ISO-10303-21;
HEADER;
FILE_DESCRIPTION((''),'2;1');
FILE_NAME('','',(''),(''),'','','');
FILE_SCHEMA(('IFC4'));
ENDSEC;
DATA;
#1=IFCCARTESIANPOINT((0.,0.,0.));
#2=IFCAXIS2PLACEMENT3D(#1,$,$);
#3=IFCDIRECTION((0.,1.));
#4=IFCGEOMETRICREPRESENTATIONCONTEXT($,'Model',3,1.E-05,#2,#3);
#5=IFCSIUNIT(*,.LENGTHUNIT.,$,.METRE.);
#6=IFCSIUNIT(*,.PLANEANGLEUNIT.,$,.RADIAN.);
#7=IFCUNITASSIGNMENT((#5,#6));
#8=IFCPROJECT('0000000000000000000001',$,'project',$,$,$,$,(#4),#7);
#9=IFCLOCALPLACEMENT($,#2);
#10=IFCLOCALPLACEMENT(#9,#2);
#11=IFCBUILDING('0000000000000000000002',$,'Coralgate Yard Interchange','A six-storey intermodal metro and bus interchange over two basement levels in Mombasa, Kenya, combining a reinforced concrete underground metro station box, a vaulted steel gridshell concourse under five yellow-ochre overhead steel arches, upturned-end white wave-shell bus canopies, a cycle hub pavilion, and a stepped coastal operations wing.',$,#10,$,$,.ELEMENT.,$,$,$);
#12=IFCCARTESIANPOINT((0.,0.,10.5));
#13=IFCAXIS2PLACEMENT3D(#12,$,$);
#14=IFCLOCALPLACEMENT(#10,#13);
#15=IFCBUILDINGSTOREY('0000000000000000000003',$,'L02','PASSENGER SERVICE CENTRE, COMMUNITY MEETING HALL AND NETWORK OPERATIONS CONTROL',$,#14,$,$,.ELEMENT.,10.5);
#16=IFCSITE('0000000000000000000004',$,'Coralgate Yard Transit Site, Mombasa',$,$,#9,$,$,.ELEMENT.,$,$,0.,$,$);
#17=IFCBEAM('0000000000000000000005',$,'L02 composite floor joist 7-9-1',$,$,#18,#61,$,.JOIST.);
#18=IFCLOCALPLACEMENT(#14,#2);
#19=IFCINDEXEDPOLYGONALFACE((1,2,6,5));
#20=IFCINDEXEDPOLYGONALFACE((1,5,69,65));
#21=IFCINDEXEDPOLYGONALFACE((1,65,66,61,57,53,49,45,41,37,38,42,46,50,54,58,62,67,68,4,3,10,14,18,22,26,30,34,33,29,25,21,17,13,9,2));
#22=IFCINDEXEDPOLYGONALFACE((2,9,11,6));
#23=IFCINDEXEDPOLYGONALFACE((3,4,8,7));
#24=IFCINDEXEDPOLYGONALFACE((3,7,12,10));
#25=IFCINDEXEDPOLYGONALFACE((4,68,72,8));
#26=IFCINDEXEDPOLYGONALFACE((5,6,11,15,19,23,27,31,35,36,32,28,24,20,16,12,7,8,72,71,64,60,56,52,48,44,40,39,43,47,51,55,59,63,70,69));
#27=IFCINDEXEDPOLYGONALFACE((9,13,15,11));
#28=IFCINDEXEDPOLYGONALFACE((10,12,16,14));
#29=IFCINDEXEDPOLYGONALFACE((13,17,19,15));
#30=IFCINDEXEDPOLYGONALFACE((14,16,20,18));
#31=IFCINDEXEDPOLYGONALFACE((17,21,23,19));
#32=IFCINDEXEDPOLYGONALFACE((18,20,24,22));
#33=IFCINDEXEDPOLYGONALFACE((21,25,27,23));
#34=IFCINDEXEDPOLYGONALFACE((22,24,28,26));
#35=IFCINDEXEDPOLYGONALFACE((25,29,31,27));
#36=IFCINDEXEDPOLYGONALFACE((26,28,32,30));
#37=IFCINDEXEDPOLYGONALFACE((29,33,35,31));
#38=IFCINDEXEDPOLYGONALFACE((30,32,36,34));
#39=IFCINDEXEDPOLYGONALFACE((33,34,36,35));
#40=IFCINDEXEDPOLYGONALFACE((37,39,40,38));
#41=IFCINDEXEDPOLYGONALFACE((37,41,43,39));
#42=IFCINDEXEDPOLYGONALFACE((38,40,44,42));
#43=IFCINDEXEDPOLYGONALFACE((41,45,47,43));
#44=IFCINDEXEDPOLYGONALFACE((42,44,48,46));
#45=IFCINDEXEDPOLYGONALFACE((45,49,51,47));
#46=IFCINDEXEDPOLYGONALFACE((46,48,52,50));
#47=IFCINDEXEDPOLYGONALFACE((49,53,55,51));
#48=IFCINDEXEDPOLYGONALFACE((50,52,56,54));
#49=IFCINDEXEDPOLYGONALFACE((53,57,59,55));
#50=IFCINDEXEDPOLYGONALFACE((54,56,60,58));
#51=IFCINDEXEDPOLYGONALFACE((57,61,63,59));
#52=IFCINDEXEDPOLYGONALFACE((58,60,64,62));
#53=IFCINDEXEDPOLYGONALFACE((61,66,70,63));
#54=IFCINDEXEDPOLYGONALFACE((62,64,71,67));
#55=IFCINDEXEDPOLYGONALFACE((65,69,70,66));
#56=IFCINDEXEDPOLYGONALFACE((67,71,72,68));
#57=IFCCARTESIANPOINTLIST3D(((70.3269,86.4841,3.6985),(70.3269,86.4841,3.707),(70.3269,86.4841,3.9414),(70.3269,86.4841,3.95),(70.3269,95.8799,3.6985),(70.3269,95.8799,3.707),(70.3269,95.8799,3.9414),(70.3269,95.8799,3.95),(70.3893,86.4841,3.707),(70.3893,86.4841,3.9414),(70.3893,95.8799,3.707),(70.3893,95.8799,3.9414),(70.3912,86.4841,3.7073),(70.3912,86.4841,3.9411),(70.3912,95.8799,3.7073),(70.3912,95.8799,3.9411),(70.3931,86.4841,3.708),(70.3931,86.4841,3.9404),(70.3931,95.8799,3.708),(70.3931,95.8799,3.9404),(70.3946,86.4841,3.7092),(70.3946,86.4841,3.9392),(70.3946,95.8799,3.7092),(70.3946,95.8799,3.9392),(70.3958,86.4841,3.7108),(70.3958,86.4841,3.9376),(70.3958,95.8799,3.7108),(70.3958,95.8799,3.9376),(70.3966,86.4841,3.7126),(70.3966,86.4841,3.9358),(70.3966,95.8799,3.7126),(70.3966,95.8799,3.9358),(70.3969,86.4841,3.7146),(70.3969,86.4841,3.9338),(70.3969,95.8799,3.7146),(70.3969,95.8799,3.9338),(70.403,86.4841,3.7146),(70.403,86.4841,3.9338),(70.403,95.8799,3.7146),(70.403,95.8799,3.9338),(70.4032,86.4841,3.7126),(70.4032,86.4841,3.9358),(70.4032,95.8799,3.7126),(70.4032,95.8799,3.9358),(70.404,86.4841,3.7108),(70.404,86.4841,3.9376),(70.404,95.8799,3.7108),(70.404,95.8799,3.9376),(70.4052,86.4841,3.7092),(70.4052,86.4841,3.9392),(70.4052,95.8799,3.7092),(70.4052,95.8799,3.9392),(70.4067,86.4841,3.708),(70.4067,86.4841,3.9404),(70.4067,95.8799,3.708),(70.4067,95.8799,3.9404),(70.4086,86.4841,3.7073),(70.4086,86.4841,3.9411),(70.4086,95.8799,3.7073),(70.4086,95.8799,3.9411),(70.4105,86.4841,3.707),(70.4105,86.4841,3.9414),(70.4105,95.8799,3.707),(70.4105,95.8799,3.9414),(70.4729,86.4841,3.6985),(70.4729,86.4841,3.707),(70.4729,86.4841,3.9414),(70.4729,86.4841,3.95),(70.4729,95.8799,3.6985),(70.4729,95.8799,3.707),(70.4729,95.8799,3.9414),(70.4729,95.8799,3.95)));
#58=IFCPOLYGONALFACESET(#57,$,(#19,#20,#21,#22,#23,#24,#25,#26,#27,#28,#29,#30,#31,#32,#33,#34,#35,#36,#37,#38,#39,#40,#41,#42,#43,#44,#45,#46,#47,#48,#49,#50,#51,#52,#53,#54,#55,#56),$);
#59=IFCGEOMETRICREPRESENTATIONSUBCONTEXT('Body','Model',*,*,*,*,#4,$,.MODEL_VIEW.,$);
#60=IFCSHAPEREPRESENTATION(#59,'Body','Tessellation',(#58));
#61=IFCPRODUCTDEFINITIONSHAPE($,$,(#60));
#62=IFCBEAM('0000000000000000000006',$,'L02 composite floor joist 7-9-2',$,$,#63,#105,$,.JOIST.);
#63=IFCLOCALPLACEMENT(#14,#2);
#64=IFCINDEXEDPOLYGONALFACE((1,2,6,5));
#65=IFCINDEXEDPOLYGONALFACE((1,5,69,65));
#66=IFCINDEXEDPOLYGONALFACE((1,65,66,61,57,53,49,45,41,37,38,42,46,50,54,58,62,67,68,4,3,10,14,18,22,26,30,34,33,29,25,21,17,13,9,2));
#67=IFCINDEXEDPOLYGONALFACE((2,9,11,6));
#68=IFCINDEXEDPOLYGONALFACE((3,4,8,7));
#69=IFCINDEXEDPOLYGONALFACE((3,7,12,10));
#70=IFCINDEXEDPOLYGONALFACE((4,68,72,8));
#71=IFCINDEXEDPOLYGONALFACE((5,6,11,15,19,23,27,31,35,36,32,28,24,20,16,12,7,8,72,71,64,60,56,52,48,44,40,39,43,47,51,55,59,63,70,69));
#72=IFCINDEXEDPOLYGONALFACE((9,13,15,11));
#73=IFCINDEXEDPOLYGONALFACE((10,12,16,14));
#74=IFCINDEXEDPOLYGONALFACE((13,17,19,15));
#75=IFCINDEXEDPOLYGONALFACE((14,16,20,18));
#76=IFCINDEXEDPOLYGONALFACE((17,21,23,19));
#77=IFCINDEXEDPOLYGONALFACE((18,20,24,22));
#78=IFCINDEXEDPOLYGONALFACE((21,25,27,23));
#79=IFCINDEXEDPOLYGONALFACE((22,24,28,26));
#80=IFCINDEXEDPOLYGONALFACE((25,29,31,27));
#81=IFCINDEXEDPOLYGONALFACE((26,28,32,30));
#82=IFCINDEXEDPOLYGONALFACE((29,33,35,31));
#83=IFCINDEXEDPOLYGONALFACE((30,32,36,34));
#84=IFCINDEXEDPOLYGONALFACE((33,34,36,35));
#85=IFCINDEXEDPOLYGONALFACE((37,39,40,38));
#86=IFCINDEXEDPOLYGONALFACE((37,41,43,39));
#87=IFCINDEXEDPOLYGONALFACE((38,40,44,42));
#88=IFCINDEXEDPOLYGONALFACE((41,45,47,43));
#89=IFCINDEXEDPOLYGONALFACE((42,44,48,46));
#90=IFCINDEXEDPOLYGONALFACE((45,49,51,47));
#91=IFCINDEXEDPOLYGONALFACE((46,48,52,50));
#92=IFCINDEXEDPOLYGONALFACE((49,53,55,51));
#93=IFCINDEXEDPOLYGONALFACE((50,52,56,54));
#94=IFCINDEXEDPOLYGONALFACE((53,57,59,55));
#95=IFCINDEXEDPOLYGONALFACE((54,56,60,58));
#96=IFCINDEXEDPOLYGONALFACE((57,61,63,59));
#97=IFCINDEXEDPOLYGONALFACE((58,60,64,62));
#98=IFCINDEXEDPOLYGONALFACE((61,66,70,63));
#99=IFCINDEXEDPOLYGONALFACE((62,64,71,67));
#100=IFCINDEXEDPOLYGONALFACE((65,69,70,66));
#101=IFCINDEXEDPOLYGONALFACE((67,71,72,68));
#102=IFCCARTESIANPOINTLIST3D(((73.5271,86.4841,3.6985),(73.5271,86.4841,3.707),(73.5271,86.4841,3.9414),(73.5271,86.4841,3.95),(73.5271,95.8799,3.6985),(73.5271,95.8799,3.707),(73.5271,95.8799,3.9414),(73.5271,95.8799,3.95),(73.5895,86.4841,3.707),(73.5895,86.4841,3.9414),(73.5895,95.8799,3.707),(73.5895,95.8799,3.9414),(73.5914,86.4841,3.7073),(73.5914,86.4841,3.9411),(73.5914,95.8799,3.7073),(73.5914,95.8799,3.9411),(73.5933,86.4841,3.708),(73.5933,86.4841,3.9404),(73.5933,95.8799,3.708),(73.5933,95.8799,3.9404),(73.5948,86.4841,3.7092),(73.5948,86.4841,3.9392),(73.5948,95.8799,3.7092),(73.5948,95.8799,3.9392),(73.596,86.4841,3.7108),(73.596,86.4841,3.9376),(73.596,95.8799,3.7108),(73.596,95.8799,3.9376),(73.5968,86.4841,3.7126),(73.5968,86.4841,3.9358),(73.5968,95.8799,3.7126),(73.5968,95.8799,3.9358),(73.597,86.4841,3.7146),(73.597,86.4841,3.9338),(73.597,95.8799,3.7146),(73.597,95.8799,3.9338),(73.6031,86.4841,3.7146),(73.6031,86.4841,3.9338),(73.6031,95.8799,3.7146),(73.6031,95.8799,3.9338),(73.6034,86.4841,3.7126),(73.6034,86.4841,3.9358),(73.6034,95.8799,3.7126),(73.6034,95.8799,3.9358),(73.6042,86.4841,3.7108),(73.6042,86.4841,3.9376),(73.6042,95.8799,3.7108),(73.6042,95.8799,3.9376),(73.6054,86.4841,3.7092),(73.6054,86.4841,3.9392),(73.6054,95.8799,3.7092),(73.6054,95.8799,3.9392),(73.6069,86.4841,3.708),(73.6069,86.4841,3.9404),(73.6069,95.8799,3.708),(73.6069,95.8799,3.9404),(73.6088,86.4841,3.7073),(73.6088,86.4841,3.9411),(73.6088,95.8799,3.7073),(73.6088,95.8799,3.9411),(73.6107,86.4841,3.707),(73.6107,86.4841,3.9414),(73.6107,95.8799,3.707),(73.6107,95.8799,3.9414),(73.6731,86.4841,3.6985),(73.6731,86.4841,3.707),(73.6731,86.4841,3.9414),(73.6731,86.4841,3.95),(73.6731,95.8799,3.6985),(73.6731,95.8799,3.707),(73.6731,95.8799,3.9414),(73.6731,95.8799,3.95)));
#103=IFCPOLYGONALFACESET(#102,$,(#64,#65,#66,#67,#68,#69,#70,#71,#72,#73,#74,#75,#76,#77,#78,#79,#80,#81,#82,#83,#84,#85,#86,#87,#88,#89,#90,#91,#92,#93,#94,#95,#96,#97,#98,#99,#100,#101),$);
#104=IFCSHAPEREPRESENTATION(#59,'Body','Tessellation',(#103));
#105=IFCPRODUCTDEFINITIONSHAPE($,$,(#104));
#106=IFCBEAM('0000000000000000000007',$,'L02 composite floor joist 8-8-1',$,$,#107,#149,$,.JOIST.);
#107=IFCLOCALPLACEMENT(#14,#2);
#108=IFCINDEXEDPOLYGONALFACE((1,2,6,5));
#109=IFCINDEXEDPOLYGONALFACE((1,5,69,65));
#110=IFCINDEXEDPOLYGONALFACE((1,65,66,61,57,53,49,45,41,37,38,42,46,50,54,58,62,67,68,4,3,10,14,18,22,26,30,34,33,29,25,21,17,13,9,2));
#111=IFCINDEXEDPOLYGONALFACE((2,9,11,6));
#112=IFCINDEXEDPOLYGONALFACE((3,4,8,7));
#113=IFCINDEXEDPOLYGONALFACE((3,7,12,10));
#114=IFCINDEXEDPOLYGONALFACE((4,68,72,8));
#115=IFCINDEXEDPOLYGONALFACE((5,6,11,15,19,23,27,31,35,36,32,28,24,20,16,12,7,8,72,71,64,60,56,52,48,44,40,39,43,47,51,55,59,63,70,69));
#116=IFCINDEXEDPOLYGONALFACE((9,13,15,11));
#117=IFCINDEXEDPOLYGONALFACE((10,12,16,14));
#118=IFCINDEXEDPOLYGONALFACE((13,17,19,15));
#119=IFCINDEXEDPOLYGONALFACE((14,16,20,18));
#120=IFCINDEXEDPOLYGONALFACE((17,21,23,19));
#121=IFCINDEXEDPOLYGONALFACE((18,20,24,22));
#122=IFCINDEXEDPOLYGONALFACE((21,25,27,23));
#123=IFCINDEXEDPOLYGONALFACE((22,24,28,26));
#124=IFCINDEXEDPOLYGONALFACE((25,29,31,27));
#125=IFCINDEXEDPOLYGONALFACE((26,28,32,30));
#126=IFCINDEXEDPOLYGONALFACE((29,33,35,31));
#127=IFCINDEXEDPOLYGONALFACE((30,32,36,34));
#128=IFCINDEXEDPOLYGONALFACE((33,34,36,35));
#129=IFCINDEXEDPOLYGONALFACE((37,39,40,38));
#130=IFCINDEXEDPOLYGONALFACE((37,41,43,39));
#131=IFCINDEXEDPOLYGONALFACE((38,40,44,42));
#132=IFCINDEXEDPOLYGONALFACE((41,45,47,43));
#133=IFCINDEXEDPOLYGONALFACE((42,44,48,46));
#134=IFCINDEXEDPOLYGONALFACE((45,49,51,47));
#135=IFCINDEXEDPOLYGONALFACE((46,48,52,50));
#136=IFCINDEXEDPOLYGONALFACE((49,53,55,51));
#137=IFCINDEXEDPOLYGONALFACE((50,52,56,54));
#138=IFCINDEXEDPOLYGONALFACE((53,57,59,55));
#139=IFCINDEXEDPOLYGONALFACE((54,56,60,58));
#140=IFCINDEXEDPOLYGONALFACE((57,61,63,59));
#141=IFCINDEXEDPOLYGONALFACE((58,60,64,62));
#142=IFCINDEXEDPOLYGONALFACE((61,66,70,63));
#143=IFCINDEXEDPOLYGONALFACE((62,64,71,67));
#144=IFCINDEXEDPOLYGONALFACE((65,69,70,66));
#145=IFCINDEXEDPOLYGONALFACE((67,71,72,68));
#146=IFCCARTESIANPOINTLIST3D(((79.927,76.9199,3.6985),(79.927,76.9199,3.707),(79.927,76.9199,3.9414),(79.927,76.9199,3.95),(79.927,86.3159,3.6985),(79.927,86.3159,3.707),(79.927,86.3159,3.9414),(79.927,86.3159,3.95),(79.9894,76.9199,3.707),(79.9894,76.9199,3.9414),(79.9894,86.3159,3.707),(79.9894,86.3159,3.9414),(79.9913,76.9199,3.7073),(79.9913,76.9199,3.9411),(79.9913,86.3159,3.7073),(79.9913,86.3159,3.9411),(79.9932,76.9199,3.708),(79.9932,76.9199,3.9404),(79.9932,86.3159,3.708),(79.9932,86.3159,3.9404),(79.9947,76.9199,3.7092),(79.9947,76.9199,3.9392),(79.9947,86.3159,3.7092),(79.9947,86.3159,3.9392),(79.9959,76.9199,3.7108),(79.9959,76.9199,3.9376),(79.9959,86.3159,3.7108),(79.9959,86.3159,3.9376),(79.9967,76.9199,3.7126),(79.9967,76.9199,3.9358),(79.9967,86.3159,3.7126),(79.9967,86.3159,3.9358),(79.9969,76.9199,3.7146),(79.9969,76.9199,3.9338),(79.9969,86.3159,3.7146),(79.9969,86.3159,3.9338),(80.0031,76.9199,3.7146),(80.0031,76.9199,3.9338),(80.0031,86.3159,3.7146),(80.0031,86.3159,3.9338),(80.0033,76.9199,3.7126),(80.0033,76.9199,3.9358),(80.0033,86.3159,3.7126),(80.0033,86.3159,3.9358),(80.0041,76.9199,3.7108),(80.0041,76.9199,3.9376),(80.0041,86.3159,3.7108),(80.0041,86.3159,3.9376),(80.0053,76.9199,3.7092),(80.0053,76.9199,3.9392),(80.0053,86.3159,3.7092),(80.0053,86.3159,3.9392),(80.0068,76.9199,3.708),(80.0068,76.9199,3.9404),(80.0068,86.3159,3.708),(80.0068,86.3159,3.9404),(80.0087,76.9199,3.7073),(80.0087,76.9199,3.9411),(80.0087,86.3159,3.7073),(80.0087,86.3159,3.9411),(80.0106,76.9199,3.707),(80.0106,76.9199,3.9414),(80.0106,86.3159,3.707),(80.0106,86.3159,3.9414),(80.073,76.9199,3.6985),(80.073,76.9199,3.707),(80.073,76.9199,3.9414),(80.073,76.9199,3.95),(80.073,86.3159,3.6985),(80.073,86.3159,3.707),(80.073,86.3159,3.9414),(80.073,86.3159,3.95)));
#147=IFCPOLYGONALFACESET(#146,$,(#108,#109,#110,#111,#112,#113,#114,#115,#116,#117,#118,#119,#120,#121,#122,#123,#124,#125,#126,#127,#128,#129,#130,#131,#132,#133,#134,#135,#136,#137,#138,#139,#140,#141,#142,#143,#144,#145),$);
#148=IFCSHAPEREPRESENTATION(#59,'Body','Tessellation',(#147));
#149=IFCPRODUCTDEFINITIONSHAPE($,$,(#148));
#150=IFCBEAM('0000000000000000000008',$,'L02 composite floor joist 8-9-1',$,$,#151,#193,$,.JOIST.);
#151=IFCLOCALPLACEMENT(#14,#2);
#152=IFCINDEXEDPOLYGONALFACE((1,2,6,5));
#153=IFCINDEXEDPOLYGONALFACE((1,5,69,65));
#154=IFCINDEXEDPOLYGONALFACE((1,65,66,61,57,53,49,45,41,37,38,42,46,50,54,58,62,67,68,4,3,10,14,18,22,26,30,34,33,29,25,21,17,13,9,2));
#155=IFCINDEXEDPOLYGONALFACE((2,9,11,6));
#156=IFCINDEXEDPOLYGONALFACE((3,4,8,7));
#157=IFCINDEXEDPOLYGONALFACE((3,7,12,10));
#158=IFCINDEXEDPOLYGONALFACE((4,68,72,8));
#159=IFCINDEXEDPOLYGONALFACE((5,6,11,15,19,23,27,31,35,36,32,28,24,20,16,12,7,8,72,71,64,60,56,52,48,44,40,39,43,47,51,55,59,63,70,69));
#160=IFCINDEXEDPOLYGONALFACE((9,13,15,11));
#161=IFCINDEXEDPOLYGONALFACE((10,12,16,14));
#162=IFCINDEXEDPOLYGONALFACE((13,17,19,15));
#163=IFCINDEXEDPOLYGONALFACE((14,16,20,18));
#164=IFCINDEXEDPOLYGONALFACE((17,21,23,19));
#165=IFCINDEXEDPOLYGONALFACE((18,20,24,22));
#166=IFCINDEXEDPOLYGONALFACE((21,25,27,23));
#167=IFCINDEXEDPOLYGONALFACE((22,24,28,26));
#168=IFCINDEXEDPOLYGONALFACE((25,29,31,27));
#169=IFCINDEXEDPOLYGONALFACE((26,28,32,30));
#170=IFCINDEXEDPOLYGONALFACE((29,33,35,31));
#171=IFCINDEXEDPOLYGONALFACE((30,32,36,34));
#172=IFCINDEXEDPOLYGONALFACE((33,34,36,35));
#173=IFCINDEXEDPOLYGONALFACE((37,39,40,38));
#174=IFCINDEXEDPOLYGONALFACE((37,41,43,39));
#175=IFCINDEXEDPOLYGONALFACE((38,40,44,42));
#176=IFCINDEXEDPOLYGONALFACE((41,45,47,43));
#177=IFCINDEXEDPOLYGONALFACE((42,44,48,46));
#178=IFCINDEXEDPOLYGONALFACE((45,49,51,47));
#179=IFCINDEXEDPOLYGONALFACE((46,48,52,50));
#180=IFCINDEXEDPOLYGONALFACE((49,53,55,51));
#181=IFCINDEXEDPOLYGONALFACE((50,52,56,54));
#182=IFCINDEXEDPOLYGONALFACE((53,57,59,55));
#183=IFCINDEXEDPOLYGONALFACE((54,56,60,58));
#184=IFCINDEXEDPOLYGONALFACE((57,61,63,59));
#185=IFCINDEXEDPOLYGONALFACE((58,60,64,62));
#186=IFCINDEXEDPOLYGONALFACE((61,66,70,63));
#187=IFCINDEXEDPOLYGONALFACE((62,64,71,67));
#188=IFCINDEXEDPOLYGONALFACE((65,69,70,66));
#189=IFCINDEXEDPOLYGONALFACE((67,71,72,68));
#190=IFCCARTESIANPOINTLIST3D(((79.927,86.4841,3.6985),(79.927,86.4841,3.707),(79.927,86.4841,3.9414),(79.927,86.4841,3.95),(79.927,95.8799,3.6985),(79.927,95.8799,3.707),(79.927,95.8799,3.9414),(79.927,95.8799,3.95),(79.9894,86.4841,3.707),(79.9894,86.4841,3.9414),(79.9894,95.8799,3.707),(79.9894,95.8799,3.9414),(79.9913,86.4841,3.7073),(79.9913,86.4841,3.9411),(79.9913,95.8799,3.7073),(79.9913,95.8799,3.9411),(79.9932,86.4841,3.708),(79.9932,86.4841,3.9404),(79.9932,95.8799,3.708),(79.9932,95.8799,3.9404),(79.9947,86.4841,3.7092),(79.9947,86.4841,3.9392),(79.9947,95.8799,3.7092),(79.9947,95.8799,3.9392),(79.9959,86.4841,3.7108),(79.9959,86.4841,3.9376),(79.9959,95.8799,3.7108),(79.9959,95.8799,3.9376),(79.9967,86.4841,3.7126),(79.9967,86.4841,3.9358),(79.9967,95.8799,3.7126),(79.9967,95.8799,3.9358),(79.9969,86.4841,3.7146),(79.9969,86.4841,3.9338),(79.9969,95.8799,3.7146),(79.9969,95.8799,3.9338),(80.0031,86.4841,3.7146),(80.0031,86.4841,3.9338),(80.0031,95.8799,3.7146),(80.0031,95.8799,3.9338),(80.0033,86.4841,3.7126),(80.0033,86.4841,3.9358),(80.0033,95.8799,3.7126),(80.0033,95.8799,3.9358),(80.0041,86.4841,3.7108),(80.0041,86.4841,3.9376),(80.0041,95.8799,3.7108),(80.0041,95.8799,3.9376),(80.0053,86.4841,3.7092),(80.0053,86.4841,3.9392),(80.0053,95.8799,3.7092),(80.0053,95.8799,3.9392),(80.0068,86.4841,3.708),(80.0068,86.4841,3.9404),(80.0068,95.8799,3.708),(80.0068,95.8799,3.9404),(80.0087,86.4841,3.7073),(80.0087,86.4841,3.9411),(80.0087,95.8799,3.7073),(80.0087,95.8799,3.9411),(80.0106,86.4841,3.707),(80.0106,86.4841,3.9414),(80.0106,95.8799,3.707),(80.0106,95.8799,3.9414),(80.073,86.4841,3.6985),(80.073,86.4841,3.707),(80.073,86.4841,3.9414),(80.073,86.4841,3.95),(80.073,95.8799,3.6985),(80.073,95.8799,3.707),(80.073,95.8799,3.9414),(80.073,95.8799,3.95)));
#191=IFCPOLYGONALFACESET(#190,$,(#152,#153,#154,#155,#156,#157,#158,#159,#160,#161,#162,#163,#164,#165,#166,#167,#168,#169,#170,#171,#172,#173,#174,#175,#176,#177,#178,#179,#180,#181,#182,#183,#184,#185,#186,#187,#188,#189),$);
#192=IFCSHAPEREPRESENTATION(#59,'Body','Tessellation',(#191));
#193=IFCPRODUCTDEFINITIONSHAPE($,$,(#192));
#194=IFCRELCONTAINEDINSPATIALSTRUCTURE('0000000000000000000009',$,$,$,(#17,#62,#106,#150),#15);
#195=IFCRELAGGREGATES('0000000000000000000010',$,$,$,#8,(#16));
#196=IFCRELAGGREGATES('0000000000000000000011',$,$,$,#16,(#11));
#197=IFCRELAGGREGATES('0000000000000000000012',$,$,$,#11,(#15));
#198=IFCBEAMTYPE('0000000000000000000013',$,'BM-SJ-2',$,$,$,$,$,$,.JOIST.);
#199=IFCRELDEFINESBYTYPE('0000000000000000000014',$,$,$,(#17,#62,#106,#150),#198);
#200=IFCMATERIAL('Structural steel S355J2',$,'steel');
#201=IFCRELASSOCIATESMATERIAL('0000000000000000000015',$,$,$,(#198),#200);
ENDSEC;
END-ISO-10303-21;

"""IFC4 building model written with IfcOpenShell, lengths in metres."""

from ifc_helpers import new_model, si_unit, direction, frame, origin, origin_2d, place, context, subcontext, project, spatial, i_section, extrude, material, material_profile, profile_set, type_object, element, save


model = new_model("IFC4")

# Units and contexts
model_context = context("Model", 3, precision=1e-05, world=origin(), true_north=direction((0.0, 1.0)))
body_context = subcontext(model_context, "Body", "Model", "MODEL_VIEW")
ifc_project = project(units=[si_unit("LENGTHUNIT", "METRE"), si_unit("PLANEANGLEUNIT", "RADIAN")], contexts=[model_context])

# Site, building, storey
site_placement = place(None, origin())
site = spatial("IfcSite", under=ifc_project, at=site_placement, Name="Coralgate Yard Transit Site, Mombasa", CompositionType="ELEMENT", RefElevation=0.0)
building_placement = place(site_placement, origin())
building = spatial("IfcBuilding", under=site, at=building_placement, Name="Coralgate Yard Interchange", Description="A six-storey intermodal metro and bus interchange over two basement levels in Mombasa, Kenya, combining a reinforced concrete underground metro station box, a vaulted steel gridshell concourse under five yellow-ochre overhead steel arches, upturned-end white wave-shell bus canopies, a cycle hub pavilion, and a stepped coastal operations wing.", CompositionType="ELEMENT")
storey_placement = place(building_placement, frame((0.0, 0.0, 10.5)))
storey = spatial("IfcBuildingStorey", under=building, at=storey_placement, Name="L02", Description="PASSENGER SERVICE CENTRE, COMMUNITY MEETING HALL AND NETWORK OPERATIONS CONTROL", CompositionType="ELEMENT", Elevation=10.5)

# Shared definitions
ifc_material_1 = material(Name="Structural steel S355J2", Category="steel")

# Beams
ifc_material_profile_1 = material_profile(ifc_material_1, i_section(OverallWidth=0.146, OverallDepth=0.2515, WebThickness=0.0061, FlangeThickness=0.0085, FilletRadius=0.0076, at=origin_2d()), Name="UB 254x146x31")
ifc_profile_set_1 = profile_set([ifc_material_profile_1], Name="Structural steel S355J2")
beam_type_1 = type_object("IfcBeamType", Name="BM-SJ-2", PredefinedType="JOIST", material=ifc_profile_set_1)
for number, where, z_axis, x_axis, name in (
    (1, (70.3999, 86.4841, 3.8242), (0.0, 1.0, 0.0), (-1.0, 0.0, 0.0), "L02 composite floor joist 7-9-1"),
    (2, (73.6001, 86.4841, 3.8242), (0.0, 1.0, 0.0), (-1.0, 0.0, 0.0), "L02 composite floor joist 7-9-2"),
):
    element("IfcBeam", number, at=place(storey_placement, frame(where, z_axis=z_axis, x_axis=x_axis)), inside=storey, type_object=beam_type_1, Name=name, PredefinedType="JOIST", context=body_context, shape_type="SweptSolid", body=[
        extrude(i_section(OverallWidth=0.146, OverallDepth=0.2515, WebThickness=0.0061, FlangeThickness=0.0085, FilletRadius=0.0076, at=origin_2d()), origin(), (0.0, 0.0, 1.0), 9.3958),
    ])
beam_1_placement = place(storey_placement, frame((80.0, 76.9199, 3.8242), z_axis=(0.0, 1.0, 0.0), x_axis=(-1.0, 0.0, 0.0)))
element("IfcBeam", 3, at=beam_1_placement, inside=storey, type_object=beam_type_1, Name="L02 composite floor joist 8-8-1", PredefinedType="JOIST", context=body_context, shape_type="SweptSolid", body=[
    extrude(i_section(OverallWidth=0.146, OverallDepth=0.2515, WebThickness=0.0061, FlangeThickness=0.0085, FilletRadius=0.0076, at=origin_2d()), origin(), (0.0, 0.0, 1.0), 9.396),
])
beam_2_placement = place(storey_placement, frame((80.0, 86.4841, 3.8242), z_axis=(0.0, 1.0, 0.0), x_axis=(-1.0, 0.0, 0.0)))
element("IfcBeam", 4, at=beam_2_placement, inside=storey, type_object=beam_type_1, Name="L02 composite floor joist 8-9-1", PredefinedType="JOIST", context=body_context, shape_type="SweptSolid", body=[
    extrude(i_section(OverallWidth=0.146, OverallDepth=0.2515, WebThickness=0.0061, FlangeThickness=0.0085, FilletRadius=0.0076, at=origin_2d()), origin(), (0.0, 0.0, 1.0), 9.3958),
])

save(model, "model.ifc")
